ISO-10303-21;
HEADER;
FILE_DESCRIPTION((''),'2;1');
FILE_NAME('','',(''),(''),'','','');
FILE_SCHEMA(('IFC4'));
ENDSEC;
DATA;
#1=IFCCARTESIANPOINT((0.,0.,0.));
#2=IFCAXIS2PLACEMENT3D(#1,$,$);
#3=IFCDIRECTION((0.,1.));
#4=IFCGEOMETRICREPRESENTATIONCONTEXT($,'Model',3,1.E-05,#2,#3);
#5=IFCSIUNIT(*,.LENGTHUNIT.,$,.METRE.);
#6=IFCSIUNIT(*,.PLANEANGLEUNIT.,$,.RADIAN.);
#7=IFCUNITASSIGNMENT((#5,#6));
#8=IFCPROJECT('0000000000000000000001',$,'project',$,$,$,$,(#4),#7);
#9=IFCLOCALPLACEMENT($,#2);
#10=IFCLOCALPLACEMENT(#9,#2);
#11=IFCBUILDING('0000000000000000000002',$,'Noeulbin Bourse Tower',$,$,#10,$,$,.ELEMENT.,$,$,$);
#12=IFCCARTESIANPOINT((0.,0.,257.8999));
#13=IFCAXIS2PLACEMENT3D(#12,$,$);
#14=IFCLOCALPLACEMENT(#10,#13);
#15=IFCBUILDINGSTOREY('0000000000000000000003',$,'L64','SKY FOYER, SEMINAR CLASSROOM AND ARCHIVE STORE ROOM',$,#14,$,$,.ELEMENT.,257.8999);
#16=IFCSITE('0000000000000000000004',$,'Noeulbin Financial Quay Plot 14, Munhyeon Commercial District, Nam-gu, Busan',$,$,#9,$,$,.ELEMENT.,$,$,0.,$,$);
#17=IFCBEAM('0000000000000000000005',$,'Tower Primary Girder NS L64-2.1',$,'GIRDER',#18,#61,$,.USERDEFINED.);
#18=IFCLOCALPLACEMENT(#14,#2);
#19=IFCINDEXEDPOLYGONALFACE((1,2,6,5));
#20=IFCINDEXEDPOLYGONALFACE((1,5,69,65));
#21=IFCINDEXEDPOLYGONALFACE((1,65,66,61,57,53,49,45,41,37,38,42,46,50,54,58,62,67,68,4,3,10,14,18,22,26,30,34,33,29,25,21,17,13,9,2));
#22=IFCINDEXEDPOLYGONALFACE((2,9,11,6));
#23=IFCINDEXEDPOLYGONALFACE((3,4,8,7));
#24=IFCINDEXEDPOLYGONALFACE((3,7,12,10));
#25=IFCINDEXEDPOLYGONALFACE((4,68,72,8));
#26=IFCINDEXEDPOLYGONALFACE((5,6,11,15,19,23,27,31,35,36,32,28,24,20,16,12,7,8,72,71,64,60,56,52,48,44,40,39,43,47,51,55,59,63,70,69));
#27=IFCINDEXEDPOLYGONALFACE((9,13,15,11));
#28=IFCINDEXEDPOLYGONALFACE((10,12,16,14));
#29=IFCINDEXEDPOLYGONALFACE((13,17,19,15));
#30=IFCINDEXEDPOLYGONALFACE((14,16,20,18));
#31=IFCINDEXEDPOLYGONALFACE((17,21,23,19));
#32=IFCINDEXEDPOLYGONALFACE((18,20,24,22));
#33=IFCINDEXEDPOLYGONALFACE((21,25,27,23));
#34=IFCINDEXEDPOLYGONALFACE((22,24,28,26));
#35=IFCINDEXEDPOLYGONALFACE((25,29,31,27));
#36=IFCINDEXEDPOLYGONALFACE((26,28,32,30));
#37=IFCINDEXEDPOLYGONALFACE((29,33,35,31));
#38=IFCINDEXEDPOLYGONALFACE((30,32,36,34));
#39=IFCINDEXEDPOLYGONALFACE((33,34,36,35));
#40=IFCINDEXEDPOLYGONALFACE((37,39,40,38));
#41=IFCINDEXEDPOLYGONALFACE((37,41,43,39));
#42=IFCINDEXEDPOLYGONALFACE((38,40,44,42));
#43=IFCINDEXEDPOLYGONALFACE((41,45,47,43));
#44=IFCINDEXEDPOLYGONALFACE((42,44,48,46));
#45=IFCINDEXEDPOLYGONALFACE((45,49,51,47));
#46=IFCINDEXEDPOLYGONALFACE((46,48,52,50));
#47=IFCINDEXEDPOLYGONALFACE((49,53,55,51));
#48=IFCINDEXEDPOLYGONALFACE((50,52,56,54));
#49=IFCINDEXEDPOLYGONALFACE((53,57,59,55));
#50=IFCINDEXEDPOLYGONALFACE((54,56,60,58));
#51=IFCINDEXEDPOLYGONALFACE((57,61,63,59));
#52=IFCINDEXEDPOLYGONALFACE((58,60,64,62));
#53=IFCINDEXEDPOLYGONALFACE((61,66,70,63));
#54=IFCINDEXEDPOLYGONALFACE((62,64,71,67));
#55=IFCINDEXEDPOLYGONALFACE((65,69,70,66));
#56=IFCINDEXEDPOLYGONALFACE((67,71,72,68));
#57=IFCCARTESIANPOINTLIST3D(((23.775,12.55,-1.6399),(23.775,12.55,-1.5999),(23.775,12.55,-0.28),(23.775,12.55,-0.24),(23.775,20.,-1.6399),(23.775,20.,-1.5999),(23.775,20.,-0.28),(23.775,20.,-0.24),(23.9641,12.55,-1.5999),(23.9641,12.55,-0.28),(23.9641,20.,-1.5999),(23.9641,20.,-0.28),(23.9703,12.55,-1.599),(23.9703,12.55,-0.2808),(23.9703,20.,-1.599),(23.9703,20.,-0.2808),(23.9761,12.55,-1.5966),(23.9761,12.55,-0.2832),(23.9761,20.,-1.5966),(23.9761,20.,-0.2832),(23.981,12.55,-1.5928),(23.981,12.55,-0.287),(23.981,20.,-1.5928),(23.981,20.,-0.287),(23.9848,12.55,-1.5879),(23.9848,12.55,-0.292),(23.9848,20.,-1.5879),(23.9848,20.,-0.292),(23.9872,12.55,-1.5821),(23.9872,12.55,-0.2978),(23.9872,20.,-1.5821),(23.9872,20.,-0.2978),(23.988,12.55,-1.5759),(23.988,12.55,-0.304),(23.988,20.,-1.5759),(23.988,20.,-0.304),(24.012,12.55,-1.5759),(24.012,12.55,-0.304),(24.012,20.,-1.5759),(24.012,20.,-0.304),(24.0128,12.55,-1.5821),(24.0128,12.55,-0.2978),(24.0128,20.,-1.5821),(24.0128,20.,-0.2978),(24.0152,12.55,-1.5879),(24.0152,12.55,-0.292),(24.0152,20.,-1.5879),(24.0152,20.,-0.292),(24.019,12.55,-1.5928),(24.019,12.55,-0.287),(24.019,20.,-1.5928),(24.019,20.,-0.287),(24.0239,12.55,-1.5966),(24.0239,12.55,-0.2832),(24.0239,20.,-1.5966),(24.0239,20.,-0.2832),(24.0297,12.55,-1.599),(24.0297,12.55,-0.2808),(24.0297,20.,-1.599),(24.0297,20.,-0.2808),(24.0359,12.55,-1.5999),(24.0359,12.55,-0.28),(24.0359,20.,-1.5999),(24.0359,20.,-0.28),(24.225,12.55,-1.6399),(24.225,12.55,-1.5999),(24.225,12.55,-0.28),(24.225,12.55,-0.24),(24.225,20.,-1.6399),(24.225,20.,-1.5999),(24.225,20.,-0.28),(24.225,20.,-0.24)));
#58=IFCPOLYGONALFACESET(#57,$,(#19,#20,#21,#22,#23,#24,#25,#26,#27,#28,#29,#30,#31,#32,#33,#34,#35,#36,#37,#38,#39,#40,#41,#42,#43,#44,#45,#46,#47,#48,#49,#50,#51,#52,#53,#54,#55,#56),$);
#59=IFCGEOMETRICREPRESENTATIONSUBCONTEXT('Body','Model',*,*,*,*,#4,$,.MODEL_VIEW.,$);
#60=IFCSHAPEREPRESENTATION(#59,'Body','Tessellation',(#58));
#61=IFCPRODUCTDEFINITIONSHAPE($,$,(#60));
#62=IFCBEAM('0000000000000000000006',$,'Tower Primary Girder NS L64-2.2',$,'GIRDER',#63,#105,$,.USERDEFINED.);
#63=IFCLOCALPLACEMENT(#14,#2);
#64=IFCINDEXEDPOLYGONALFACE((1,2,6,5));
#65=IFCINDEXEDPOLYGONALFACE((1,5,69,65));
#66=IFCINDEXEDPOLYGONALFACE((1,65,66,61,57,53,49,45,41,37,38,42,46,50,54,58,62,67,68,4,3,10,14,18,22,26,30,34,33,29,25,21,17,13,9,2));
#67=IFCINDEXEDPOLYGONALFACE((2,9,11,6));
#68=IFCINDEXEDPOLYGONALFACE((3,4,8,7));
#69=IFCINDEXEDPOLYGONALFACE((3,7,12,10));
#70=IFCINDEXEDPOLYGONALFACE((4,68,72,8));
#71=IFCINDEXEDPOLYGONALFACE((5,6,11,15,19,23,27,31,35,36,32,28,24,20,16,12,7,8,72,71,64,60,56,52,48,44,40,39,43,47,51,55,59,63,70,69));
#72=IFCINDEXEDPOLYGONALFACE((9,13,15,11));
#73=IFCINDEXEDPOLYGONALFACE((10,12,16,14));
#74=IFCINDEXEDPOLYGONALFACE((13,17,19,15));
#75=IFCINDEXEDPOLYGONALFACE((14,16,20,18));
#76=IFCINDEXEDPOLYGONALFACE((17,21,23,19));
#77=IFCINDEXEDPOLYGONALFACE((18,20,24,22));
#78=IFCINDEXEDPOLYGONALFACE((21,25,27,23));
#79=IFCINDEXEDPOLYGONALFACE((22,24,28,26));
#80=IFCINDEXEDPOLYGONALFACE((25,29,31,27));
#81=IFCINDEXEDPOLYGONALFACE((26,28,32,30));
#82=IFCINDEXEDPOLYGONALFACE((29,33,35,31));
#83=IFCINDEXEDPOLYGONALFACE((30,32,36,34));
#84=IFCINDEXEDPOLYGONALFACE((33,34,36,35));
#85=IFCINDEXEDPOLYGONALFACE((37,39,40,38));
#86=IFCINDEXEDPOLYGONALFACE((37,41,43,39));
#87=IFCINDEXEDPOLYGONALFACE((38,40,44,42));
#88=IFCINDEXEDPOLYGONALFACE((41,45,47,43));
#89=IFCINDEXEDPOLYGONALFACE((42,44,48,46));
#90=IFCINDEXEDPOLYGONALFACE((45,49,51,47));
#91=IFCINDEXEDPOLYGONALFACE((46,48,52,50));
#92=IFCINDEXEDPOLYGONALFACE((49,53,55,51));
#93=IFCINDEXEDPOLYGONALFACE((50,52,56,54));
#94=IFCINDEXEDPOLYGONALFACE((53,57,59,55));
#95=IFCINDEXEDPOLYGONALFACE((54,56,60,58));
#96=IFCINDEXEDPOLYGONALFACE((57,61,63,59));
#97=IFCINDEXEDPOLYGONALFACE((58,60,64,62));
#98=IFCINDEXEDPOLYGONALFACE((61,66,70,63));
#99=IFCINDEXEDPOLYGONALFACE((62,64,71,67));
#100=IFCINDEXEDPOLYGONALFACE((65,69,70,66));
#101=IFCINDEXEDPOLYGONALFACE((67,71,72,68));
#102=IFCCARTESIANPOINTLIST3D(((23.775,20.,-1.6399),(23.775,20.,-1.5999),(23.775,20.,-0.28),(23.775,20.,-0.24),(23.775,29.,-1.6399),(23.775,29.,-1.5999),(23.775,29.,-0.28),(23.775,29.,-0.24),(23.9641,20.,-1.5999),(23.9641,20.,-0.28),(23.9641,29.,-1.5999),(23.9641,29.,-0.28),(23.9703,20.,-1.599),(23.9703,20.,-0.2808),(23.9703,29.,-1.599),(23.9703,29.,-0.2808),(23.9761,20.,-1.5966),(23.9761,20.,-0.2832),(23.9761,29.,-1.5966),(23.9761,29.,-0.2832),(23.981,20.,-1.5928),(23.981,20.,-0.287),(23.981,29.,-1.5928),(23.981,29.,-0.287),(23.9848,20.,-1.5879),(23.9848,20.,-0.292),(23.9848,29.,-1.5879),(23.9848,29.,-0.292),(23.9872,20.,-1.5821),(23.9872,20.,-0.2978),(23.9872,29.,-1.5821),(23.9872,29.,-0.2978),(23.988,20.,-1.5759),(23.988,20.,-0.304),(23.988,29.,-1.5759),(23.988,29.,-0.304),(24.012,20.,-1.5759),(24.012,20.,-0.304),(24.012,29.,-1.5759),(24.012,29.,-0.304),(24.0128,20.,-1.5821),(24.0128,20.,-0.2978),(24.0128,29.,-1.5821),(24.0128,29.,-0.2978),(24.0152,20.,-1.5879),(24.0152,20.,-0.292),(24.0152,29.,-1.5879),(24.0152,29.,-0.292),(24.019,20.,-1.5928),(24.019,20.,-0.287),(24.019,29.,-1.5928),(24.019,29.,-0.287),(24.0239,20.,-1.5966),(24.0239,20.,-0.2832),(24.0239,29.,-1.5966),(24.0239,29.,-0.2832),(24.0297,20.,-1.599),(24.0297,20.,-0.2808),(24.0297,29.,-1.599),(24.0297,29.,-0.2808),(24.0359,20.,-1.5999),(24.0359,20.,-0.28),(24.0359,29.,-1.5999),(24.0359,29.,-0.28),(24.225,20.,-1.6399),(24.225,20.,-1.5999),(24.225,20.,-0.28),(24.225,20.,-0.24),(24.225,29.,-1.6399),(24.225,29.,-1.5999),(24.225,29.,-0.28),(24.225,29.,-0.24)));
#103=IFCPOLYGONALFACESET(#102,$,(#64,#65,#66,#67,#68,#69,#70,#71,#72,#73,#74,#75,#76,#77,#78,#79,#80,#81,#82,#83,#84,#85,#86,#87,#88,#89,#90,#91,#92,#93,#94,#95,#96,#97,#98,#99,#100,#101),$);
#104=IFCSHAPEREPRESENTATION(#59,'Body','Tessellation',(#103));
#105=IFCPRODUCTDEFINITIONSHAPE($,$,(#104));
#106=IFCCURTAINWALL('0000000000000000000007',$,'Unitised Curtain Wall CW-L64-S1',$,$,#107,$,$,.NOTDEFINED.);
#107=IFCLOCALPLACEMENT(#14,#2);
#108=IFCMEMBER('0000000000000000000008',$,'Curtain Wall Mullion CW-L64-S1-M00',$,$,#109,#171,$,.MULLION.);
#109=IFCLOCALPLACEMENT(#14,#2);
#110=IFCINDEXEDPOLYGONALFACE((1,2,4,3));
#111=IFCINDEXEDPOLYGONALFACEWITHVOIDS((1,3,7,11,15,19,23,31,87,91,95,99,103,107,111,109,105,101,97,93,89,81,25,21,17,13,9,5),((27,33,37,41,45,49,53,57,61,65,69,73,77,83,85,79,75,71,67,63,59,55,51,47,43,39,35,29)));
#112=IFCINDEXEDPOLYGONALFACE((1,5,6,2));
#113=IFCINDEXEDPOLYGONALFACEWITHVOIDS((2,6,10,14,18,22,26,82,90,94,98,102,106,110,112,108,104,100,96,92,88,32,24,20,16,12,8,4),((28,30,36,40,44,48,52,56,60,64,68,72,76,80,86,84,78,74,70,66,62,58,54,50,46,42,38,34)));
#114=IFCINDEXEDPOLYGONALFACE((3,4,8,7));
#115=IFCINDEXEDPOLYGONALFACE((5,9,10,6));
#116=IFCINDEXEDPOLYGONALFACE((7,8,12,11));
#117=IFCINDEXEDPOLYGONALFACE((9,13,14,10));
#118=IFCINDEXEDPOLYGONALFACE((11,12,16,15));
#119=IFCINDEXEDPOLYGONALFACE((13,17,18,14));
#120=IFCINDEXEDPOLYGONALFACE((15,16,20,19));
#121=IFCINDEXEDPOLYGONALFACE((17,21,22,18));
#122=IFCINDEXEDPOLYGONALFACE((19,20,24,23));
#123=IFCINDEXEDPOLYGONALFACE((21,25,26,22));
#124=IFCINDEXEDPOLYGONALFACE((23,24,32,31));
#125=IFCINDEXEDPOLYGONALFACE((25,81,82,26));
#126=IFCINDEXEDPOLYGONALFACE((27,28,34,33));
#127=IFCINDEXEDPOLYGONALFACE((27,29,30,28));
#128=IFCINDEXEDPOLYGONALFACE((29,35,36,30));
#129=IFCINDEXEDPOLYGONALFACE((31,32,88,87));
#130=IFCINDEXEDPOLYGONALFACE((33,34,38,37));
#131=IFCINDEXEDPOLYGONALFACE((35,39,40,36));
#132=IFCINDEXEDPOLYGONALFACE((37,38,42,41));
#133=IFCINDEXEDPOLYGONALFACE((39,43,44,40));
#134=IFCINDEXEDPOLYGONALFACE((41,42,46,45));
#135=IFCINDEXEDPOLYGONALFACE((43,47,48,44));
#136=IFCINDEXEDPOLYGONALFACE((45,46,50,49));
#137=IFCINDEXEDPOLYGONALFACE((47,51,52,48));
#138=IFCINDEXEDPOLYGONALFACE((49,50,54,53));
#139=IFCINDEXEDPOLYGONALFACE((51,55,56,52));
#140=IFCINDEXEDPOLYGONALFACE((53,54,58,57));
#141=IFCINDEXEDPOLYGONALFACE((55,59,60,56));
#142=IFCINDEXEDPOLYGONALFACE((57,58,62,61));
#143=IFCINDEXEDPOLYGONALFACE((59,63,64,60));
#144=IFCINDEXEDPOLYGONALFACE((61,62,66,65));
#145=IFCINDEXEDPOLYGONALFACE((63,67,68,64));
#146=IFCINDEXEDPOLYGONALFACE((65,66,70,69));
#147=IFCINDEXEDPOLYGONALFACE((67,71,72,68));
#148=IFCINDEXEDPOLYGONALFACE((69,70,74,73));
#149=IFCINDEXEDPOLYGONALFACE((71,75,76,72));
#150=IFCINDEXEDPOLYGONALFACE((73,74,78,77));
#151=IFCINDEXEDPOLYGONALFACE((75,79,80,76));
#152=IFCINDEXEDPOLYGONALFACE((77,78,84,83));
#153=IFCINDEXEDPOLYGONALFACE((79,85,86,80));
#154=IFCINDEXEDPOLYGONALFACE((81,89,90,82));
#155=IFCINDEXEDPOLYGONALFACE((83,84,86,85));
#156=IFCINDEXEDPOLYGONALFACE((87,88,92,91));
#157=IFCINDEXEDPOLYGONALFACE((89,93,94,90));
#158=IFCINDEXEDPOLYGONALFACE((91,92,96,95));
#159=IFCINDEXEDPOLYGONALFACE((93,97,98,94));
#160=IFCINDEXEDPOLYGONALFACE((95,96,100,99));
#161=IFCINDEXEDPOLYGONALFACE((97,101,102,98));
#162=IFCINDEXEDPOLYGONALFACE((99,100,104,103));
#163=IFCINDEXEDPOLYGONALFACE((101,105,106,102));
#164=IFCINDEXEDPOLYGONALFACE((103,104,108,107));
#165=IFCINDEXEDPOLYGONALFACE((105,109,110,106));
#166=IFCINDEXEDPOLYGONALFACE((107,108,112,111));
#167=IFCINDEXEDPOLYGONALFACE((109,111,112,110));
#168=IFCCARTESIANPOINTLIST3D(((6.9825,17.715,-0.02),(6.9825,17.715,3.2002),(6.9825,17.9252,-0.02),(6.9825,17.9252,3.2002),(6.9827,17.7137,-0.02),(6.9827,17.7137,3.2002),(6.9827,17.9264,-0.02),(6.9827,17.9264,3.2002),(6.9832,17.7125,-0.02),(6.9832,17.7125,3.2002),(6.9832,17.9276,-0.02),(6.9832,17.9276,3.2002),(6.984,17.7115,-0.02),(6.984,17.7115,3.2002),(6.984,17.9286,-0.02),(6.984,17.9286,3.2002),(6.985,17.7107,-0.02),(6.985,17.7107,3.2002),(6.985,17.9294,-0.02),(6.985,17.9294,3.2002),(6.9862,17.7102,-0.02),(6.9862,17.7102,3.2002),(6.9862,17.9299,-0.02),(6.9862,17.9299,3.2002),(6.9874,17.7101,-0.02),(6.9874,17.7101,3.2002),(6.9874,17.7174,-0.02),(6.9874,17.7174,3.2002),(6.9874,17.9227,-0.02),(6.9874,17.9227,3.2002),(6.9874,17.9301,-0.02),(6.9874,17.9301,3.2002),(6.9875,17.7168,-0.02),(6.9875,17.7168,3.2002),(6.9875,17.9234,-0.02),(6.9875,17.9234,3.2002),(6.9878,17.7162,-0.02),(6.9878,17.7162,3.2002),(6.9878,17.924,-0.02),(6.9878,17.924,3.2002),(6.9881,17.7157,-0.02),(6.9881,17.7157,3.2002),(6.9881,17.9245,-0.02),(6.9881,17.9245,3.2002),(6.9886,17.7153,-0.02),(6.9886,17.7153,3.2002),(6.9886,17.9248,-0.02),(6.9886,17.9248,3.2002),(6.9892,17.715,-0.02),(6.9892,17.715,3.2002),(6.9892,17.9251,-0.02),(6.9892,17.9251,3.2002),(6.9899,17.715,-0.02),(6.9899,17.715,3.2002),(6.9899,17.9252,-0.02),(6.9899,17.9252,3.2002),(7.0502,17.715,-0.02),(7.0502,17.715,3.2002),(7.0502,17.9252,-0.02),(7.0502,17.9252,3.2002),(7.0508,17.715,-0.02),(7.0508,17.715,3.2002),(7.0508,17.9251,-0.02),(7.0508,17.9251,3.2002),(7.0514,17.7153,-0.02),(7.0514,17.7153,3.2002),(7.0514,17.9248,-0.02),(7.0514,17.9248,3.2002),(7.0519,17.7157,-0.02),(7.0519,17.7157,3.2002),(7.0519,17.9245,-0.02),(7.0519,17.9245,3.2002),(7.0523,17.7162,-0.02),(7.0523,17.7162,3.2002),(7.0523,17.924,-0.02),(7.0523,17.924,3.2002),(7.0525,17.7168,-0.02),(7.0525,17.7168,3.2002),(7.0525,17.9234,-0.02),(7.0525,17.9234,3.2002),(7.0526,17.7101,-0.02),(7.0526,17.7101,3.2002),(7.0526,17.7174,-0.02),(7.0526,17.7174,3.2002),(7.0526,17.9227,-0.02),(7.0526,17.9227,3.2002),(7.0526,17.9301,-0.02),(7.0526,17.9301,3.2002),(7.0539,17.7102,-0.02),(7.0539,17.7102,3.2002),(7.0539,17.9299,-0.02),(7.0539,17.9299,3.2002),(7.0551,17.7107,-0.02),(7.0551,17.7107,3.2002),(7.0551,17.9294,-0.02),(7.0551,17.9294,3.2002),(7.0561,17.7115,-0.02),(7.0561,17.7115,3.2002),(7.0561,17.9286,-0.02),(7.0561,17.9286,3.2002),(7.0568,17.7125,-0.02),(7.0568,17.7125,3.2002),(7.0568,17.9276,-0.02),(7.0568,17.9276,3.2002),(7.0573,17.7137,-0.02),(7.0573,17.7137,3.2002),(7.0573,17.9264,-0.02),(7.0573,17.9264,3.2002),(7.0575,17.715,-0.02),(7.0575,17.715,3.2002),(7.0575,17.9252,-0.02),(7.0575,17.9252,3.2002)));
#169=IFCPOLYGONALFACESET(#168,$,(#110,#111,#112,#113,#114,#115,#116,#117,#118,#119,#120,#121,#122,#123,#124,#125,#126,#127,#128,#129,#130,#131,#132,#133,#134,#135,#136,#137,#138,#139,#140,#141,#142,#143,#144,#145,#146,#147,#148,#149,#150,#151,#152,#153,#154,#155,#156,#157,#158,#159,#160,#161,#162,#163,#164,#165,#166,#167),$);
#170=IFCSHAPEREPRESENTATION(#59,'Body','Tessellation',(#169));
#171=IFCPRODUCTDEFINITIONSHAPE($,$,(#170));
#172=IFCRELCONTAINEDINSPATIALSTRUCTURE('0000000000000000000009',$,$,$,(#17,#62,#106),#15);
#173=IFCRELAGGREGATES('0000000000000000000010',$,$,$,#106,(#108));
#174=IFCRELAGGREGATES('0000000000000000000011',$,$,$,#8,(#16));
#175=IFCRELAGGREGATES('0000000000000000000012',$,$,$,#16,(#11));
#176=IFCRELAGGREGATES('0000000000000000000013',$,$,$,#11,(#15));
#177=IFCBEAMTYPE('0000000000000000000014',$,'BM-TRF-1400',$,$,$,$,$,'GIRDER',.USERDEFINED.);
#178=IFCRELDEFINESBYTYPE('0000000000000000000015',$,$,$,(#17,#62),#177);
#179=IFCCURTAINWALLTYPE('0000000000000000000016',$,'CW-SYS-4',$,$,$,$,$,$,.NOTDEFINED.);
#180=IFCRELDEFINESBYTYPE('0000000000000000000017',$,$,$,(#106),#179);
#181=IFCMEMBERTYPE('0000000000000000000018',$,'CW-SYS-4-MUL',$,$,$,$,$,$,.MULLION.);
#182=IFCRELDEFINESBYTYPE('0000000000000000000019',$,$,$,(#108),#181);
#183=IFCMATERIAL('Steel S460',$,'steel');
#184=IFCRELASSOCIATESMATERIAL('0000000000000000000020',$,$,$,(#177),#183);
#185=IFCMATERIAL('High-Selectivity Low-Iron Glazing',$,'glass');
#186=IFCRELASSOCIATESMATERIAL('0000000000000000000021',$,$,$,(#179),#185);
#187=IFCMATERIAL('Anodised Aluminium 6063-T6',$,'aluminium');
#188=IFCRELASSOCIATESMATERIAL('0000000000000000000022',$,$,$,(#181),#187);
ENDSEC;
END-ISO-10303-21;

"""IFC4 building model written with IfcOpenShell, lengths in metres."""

from ifc_helpers import new_model, si_unit, direction, frame, origin, origin_2d, place, context, subcontext, project, spatial, hollow_rectangle, i_section, extrude, material, material_profile, profile_set, type_object, element, aggregate, save


model = new_model("IFC4")

# Units and contexts
model_context = context("Model", 3, precision=1e-05, world=origin(), true_north=direction((0.0, 1.0)))
body_context = subcontext(model_context, "Body", "Model", "MODEL_VIEW")
ifc_project = project(units=[si_unit("LENGTHUNIT", "METRE"), si_unit("PLANEANGLEUNIT", "RADIAN")], contexts=[model_context])

# Site, building, storey
site_placement = place(None, origin())
site = spatial("IfcSite", under=ifc_project, at=site_placement, Name="Noeulbin Financial Quay Plot 14, Munhyeon Commercial District, Nam-gu, Busan", CompositionType="ELEMENT", RefElevation=0.0)
building_placement = place(site_placement, origin())
building = spatial("IfcBuilding", under=site, at=building_placement, Name="Noeulbin Bourse Tower", CompositionType="ELEMENT")
storey_placement = place(building_placement, frame((0.0, 0.0, 257.8999)))
storey = spatial("IfcBuildingStorey", under=building, at=storey_placement, Name="L64", Description="SKY FOYER, SEMINAR CLASSROOM AND ARCHIVE STORE ROOM", CompositionType="ELEMENT", Elevation=257.8999)

# Beams
ifc_material_1 = material(Name="Steel S460", Category="steel")
ifc_material_profile_1 = material_profile(ifc_material_1, i_section(OverallWidth=0.45, OverallDepth=1.3999, WebThickness=0.0239, FlangeThickness=0.04, FilletRadius=0.0239, at=origin_2d()), Name="PG-1400x450x24x40", Category="LoadBearing")
ifc_profile_set_1 = profile_set([ifc_material_profile_1], Name="Steel S460")
beam_type_1 = type_object("IfcBeamType", Name="BM-TRF-1400", ElementType="GIRDER", PredefinedType="USERDEFINED", material=ifc_profile_set_1)
beam_1_placement = place(storey_placement, frame((24.0, 12.55, -0.9399), z_axis=(0.0, 1.0, 0.0), x_axis=(-1.0, 0.0, 0.0)))
element("IfcBeam", 1, at=beam_1_placement, inside=storey, type_object=beam_type_1, Name="Tower Primary Girder NS L64-2.1", ObjectType="GIRDER", PredefinedType="USERDEFINED", context=body_context, shape_type="SweptSolid", body=[
    extrude(i_section(OverallWidth=0.45, OverallDepth=1.3999, WebThickness=0.0239, FlangeThickness=0.04, FilletRadius=0.0239, at=origin_2d()), origin(), (0.0, 0.0, 1.0), 7.45),
])
beam_2_placement = place(storey_placement, frame((24.0, 20.0, -0.9399), z_axis=(0.0, 1.0, 0.0), x_axis=(-1.0, 0.0, 0.0)))
element("IfcBeam", 2, at=beam_2_placement, inside=storey, type_object=beam_type_1, Name="Tower Primary Girder NS L64-2.2", ObjectType="GIRDER", PredefinedType="USERDEFINED", context=body_context, shape_type="SweptSolid", body=[
    extrude(i_section(OverallWidth=0.45, OverallDepth=1.3999, WebThickness=0.0239, FlangeThickness=0.04, FilletRadius=0.0239, at=origin_2d()), origin(), (0.0, 0.0, 1.0), 9.0),
])

# Curtain wall, member
ifc_material_2 = material(Name="High-Selectivity Low-Iron Glazing", Category="glass")
curtain_wall_type = type_object("IfcCurtainWallType", Name="CW-SYS-4", PredefinedType="NOTDEFINED", material=ifc_material_2)
curtain_wall_placement = place(storey_placement, origin())
curtain_wall = element("IfcCurtainWall", 3, at=curtain_wall_placement, inside=storey, type_object=curtain_wall_type, Name="Unitised Curtain Wall CW-L64-S1", PredefinedType="NOTDEFINED")
ifc_material_3 = material(Name="Anodised Aluminium 6063-T6", Category="aluminium")
ifc_material_profile_2 = material_profile(ifc_material_3, hollow_rectangle(XDim=0.075, YDim=0.22, WallThickness=0.0049, InnerFilletRadius=0.0024, OuterFilletRadius=0.0049, at=origin_2d()), Name="ALU-MULL-75x220x5", Category="LoadBearing")
ifc_profile_set_2 = profile_set([ifc_material_profile_2], Name="Anodised Aluminium 6063-T6")
member_type_1 = type_object("IfcMemberType", Name="CW-SYS-4-MUL", PredefinedType="MULLION", material=ifc_profile_set_2)
member_1_placement = place(storey_placement, frame((7.02, 17.8201, -0.02), z_axis=(0.0, 0.0, 1.0), x_axis=(1.0, 0.0, 0.0)))
member_1 = element("IfcMember", 4, at=member_1_placement, type_object=member_type_1, Name="Curtain Wall Mullion CW-L64-S1-M00", PredefinedType="MULLION", context=body_context, shape_type="SweptSolid", body=[
    extrude(hollow_rectangle(XDim=0.075, YDim=0.22, WallThickness=0.0049, InnerFilletRadius=0.0024, OuterFilletRadius=0.0049, at=origin_2d()), origin(), (0.0, 0.0, 1.0), 3.2202),
])
aggregate(curtain_wall, [member_1])

save(model, "model.ifc")
